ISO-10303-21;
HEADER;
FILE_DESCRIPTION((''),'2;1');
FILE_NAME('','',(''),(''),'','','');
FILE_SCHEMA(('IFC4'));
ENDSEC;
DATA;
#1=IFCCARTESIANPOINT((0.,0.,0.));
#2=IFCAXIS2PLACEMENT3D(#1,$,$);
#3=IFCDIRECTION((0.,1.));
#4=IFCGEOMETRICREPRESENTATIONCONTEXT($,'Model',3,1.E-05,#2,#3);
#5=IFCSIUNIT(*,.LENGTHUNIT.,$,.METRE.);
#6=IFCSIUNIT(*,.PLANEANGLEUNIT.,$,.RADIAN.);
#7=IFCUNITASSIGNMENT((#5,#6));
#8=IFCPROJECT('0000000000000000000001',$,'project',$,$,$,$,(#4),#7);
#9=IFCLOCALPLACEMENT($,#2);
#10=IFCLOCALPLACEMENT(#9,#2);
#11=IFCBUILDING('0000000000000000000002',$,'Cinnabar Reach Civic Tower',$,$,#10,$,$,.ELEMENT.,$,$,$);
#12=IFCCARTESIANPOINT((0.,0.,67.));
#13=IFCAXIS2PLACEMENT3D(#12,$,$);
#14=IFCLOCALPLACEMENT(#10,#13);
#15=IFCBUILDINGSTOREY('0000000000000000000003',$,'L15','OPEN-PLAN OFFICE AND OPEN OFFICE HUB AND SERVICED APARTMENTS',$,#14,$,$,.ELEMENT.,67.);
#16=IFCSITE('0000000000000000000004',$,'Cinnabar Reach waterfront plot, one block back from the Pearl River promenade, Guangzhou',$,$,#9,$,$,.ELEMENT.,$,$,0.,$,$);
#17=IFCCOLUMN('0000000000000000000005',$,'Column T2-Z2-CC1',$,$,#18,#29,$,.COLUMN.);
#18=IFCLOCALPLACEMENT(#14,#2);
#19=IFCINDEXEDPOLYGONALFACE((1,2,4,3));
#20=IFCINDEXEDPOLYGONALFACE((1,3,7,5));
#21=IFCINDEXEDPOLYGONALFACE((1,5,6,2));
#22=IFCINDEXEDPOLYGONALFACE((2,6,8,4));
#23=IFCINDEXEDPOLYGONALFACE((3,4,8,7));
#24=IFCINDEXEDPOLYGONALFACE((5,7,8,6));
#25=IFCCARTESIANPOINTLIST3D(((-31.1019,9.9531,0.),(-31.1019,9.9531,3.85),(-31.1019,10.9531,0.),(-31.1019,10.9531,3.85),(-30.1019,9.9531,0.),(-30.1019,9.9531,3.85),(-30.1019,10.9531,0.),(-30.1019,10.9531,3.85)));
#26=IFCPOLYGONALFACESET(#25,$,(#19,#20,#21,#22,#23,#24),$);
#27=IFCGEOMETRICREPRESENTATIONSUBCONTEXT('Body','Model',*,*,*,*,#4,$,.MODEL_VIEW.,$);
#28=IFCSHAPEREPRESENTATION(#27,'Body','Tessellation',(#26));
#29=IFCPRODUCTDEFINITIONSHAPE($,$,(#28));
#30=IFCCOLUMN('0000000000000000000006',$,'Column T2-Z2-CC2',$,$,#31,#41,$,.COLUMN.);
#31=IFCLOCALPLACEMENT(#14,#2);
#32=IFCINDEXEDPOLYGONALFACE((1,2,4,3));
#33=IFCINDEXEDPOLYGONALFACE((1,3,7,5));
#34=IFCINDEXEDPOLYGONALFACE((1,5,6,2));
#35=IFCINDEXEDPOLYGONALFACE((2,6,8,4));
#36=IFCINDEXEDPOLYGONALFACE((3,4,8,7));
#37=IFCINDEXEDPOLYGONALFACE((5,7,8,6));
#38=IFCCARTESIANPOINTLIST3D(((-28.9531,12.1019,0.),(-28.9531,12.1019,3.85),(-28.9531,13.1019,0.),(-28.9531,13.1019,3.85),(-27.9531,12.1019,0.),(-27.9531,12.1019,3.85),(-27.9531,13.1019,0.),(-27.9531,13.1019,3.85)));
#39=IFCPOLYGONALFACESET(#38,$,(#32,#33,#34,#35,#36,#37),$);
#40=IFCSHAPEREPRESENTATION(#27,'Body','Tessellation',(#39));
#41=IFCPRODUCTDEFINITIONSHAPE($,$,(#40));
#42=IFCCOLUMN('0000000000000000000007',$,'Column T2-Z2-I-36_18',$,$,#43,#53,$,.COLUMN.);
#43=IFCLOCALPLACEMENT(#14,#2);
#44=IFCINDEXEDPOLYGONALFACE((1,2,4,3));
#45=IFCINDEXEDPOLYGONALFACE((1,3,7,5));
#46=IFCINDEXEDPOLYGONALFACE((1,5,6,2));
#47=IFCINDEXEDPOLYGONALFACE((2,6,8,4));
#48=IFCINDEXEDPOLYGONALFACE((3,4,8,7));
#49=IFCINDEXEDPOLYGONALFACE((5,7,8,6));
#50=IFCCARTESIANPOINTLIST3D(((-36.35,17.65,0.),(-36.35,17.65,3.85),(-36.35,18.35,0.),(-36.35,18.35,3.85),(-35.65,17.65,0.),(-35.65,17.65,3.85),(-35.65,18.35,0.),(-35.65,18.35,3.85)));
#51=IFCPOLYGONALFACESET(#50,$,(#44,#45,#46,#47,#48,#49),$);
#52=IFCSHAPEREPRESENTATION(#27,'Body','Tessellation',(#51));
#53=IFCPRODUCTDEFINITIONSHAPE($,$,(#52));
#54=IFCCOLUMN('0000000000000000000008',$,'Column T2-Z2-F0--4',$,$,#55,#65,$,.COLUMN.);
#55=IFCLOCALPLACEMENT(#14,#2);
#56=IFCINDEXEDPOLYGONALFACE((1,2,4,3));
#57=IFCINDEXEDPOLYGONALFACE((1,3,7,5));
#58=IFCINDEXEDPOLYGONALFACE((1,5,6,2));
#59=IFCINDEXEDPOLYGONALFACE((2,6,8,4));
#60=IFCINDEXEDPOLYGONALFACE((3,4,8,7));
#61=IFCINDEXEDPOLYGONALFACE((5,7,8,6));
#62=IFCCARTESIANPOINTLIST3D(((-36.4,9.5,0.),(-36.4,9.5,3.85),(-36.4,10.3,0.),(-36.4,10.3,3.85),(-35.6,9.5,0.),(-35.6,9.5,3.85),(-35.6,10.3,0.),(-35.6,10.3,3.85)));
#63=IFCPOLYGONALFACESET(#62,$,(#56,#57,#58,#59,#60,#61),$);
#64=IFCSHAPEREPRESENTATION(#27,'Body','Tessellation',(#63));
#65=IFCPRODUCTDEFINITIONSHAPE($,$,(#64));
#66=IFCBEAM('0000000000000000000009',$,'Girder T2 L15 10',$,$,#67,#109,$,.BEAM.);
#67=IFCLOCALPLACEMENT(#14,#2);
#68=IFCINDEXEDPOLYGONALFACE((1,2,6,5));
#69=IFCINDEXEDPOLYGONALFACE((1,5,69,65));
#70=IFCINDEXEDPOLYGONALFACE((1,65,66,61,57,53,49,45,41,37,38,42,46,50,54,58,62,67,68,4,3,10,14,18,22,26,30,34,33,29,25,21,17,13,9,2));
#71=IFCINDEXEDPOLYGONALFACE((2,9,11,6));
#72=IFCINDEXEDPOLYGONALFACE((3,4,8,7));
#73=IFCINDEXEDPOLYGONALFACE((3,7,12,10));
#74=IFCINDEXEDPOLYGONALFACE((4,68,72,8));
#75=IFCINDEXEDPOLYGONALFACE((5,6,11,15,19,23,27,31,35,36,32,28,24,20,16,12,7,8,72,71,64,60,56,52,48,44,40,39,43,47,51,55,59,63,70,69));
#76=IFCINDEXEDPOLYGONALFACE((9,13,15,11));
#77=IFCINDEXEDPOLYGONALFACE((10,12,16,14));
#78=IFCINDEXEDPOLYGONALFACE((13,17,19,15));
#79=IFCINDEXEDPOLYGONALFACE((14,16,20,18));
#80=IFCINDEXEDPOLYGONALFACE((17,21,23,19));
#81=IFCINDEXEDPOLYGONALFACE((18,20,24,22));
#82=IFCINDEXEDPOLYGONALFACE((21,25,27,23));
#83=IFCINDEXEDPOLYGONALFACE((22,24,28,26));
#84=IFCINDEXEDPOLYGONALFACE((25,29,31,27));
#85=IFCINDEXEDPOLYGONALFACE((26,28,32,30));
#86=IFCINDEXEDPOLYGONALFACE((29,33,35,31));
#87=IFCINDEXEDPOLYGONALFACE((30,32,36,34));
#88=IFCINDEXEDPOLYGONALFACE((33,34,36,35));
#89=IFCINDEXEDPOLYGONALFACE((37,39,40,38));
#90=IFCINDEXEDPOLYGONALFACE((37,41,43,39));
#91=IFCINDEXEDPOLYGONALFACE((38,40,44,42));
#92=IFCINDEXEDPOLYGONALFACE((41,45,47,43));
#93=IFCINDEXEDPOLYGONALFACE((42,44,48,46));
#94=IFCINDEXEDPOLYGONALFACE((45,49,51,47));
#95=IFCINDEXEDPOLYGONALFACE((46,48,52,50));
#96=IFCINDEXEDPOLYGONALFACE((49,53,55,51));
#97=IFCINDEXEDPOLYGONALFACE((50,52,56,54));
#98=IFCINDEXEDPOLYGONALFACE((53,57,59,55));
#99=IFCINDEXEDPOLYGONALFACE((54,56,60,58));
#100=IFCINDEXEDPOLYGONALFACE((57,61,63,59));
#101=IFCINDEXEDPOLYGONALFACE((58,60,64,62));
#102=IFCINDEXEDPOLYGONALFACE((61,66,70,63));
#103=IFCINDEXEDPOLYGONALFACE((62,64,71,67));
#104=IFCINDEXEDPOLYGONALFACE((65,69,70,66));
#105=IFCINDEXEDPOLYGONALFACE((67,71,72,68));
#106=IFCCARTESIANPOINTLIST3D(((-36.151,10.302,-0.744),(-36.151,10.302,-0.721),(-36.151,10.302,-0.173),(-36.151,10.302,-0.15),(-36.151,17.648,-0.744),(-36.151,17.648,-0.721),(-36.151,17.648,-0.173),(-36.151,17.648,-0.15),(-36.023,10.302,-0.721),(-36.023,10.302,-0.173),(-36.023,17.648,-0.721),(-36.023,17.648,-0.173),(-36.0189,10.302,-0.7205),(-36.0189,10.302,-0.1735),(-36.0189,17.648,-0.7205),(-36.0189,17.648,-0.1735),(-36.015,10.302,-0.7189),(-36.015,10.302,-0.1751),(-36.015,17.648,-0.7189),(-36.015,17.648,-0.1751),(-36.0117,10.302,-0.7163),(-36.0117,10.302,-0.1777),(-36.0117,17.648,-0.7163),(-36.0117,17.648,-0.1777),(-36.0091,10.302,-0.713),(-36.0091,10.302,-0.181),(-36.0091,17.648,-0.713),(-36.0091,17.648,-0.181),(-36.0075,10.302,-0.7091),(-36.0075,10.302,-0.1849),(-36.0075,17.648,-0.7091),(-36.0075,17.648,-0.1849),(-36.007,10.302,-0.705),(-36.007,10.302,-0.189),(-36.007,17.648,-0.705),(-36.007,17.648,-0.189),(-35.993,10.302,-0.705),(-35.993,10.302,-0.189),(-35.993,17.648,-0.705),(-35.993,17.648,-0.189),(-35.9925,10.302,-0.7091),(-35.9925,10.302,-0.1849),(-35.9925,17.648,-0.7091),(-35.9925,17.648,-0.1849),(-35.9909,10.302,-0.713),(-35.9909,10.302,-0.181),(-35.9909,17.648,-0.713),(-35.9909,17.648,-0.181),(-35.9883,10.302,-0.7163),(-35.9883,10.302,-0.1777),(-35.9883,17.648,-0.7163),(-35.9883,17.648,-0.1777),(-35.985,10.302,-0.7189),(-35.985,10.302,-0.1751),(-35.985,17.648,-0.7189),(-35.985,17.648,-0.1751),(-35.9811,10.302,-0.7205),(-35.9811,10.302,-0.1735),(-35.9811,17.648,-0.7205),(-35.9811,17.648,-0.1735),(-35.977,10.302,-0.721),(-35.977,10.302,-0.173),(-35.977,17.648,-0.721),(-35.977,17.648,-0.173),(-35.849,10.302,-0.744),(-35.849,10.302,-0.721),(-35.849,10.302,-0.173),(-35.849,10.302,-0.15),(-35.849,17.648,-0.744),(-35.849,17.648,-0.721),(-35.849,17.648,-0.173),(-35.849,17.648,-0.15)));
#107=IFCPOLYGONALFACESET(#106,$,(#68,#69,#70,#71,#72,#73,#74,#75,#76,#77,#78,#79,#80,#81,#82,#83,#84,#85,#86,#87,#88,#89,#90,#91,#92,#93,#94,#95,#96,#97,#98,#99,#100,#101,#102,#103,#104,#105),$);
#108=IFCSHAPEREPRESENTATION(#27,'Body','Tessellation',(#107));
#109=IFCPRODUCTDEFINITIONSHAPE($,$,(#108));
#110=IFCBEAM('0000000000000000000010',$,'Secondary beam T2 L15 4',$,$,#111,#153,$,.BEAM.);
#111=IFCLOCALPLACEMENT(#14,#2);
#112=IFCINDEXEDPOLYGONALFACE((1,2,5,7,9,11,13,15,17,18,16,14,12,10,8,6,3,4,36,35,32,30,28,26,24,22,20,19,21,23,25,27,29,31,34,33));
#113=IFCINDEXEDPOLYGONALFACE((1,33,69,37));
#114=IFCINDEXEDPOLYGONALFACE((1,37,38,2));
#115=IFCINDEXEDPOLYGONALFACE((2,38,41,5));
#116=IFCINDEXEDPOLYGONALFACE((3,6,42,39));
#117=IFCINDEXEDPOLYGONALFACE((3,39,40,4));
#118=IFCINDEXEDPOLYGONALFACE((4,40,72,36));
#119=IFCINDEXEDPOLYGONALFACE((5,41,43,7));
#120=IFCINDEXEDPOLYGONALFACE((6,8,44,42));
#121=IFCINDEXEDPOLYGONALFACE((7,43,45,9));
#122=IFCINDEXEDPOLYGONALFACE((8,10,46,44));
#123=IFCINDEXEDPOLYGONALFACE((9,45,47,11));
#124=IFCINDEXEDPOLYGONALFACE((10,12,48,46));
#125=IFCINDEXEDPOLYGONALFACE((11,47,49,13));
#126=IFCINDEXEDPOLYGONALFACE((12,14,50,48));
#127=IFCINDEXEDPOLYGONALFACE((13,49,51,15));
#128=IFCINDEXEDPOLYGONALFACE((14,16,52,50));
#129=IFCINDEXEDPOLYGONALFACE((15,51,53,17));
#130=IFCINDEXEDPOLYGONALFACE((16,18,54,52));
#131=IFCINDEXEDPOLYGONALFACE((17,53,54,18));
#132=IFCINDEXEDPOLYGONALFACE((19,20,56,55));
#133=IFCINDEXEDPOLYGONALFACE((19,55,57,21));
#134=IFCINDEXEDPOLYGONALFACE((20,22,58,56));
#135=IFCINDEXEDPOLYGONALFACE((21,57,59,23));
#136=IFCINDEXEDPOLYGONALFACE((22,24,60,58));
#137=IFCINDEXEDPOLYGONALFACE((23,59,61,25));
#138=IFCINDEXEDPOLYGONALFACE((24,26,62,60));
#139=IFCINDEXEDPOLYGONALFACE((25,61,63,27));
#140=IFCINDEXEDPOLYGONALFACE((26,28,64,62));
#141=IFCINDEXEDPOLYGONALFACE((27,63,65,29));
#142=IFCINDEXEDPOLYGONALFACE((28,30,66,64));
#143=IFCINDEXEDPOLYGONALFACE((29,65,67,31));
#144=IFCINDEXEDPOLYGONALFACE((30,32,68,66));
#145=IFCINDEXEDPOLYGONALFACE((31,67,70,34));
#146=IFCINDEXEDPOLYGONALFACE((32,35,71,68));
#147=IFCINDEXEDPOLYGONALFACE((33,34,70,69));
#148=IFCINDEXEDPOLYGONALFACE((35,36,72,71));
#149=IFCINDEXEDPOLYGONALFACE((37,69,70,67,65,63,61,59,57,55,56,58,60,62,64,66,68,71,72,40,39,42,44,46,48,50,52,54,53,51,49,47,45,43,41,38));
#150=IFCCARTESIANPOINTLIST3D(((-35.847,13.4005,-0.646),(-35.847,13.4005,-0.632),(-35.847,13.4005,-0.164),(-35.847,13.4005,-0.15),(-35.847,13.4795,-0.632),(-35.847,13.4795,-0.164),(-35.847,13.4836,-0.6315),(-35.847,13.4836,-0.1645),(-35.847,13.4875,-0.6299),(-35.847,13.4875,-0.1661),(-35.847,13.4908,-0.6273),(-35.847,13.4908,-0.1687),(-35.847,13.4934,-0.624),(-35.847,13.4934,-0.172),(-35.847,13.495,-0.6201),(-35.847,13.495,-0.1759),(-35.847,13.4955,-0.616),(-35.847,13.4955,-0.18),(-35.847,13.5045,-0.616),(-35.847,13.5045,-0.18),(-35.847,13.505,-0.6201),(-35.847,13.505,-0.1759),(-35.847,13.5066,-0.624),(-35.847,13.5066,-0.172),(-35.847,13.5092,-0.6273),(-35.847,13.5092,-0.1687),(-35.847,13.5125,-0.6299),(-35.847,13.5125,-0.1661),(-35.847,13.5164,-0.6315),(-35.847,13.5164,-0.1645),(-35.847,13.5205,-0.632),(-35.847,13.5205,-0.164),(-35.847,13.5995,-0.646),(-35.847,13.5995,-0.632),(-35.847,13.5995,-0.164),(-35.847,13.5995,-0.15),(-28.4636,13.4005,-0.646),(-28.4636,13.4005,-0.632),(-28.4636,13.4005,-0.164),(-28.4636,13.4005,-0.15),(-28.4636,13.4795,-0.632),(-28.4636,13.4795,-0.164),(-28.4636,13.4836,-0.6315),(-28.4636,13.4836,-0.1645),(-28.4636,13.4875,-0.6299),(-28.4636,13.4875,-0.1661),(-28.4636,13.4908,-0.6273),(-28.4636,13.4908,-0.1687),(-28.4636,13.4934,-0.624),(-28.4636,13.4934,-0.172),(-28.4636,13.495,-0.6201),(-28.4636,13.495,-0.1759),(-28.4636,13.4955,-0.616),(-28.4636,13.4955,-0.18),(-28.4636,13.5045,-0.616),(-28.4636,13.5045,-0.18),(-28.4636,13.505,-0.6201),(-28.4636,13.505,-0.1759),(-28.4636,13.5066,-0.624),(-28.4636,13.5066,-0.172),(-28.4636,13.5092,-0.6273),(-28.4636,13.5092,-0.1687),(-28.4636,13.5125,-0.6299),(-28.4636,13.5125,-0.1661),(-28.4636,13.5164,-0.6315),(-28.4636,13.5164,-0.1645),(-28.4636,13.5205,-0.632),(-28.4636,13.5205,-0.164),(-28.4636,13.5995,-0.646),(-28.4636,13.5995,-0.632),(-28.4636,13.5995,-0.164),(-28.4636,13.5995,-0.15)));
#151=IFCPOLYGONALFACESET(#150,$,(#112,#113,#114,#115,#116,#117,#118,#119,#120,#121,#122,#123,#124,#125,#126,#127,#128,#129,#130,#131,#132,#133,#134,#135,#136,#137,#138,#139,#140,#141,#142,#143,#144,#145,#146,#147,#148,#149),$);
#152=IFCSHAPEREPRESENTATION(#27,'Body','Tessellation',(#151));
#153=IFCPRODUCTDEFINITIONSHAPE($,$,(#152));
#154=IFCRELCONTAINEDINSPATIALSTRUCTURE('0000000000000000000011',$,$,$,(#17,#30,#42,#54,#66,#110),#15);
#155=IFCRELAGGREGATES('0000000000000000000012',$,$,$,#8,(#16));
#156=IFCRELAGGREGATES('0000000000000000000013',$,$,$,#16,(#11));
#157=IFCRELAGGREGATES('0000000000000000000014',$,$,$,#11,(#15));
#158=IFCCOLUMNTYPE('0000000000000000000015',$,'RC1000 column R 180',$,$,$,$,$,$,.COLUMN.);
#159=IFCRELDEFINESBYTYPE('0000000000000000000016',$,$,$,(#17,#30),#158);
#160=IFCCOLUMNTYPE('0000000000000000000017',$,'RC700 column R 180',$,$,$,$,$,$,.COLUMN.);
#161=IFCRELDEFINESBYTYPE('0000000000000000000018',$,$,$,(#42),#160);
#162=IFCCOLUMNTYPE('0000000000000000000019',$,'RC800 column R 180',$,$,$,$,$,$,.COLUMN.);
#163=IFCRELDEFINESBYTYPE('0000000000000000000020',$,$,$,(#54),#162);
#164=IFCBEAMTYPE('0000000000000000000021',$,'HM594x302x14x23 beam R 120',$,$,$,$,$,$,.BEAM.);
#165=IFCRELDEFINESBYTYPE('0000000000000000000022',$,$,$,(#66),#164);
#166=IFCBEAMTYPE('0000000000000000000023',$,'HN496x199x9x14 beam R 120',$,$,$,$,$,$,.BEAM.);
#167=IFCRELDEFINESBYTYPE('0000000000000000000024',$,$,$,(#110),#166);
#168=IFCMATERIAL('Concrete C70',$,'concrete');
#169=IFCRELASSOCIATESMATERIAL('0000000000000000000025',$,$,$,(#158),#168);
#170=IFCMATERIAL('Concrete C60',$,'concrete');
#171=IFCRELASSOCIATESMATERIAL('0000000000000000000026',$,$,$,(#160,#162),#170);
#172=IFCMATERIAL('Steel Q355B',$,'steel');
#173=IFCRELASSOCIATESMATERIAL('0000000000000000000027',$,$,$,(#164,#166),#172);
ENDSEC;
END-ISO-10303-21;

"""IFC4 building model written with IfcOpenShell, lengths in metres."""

from ifc_helpers import new_model, si_unit, direction, frame, origin, origin_2d, place, context, subcontext, project, spatial, rectangle, i_section, extrude, material, material_profile, profile_set, type_object, element, save


model = new_model("IFC4")

# Units and contexts
model_context = context("Model", 3, precision=1e-05, world=origin(), true_north=direction((0.0, 1.0)))
body_context = subcontext(model_context, "Body", "Model", "MODEL_VIEW")
ifc_project = project(units=[si_unit("LENGTHUNIT", "METRE"), si_unit("PLANEANGLEUNIT", "RADIAN")], contexts=[model_context])

# Site, building, storey
site_placement = place(None, origin())
site = spatial("IfcSite", under=ifc_project, at=site_placement, Name="Cinnabar Reach waterfront plot, one block back from the Pearl River promenade, Guangzhou", CompositionType="ELEMENT", RefElevation=0.0)
building_placement = place(site_placement, origin())
building = spatial("IfcBuilding", under=site, at=building_placement, Name="Cinnabar Reach Civic Tower", CompositionType="ELEMENT")
storey_placement = place(building_placement, frame((0.0, 0.0, 67.0)))
storey = spatial("IfcBuildingStorey", under=building, at=storey_placement, Name="L15", Description="OPEN-PLAN OFFICE AND OPEN OFFICE HUB AND SERVICED APARTMENTS", CompositionType="ELEMENT", Elevation=67.0)

# Columns
ifc_material_1 = material(Name="Concrete C70", Category="concrete")
ifc_material_profile_1 = material_profile(ifc_material_1, rectangle(XDim=1.0, YDim=1.0, at=origin_2d()), Name="RC1000")
ifc_profile_set_1 = profile_set([ifc_material_profile_1], Name="Concrete C70")
column_type_1 = type_object("IfcColumnType", Name="RC1000 column R 180", PredefinedType="COLUMN", material=ifc_profile_set_1)
for number, where, z_axis, x_axis, name in (
    (1, (-30.6019, 10.4531, 0.0), (0.0, 0.0, 1.0), (1.0, 0.0, 0.0), "Column T2-Z2-CC1"),
    (2, (-28.4531, 12.6019, 0.0), (0.0, 0.0, 1.0), (1.0, 0.0, 0.0), "Column T2-Z2-CC2"),
):
    element("IfcColumn", number, at=place(storey_placement, frame(where, z_axis=z_axis, x_axis=x_axis)), inside=storey, type_object=column_type_1, Name=name, PredefinedType="COLUMN", context=body_context, shape_type="SweptSolid", body=[
        extrude(rectangle(XDim=1.0, YDim=1.0, at=origin_2d()), origin(), (0.0, 0.0, 1.0), 3.85),
    ])
ifc_material_2 = material(Name="Concrete C60", Category="concrete")
ifc_material_profile_2 = material_profile(ifc_material_2, rectangle(XDim=0.7, YDim=0.7, at=origin_2d()), Name="RC700")
ifc_profile_set_2 = profile_set([ifc_material_profile_2], Name="Concrete C60")
column_type_2 = type_object("IfcColumnType", Name="RC700 column R 180", PredefinedType="COLUMN", material=ifc_profile_set_2)
column_1_placement = place(storey_placement, frame((-36.0, 18.0, 0.0), z_axis=(0.0, 0.0, 1.0), x_axis=(1.0, 0.0, 0.0)))
element("IfcColumn", 3, at=column_1_placement, inside=storey, type_object=column_type_2, Name="Column T2-Z2-I-36_18", PredefinedType="COLUMN", context=body_context, shape_type="SweptSolid", body=[
    extrude(rectangle(XDim=0.7, YDim=0.7, at=origin_2d()), origin(), (0.0, 0.0, 1.0), 3.85),
])
ifc_material_profile_3 = material_profile(ifc_material_2, rectangle(XDim=0.8, YDim=0.8, at=origin_2d()), Name="RC800")
ifc_profile_set_3 = profile_set([ifc_material_profile_3], Name="Concrete C60")
column_type_3 = type_object("IfcColumnType", Name="RC800 column R 180", PredefinedType="COLUMN", material=ifc_profile_set_3)
column_2_placement = place(storey_placement, frame((-36.0, 9.9, 0.0), z_axis=(0.0, 0.0, 1.0), x_axis=(1.0, 0.0, 0.0)))
element("IfcColumn", 4, at=column_2_placement, inside=storey, type_object=column_type_3, Name="Column T2-Z2-F0--4", PredefinedType="COLUMN", context=body_context, shape_type="SweptSolid", body=[
    extrude(rectangle(XDim=0.8, YDim=0.8, at=origin_2d()), origin(), (0.0, 0.0, 1.0), 3.85),
])

# Beams
ifc_material_3 = material(Name="Steel Q355B", Category="steel")
ifc_material_profile_4 = material_profile(ifc_material_3, i_section(OverallWidth=0.302, OverallDepth=0.594, WebThickness=0.014, FlangeThickness=0.023, FilletRadius=0.016, at=origin_2d()), Name="HM594x302x14x23")
ifc_profile_set_4 = profile_set([ifc_material_profile_4], Name="Steel Q355B")
beam_type_1 = type_object("IfcBeamType", Name="HM594x302x14x23 beam R 120", PredefinedType="BEAM", material=ifc_profile_set_4)
beam_1_placement = place(storey_placement, frame((-36.0, 10.302, -0.447), z_axis=(0.0, 1.0, 0.0), x_axis=(-1.0, 0.0, 0.0)))
element("IfcBeam", 5, at=beam_1_placement, inside=storey, type_object=beam_type_1, Name="Girder T2 L15 10", PredefinedType="BEAM", context=body_context, shape_type="SweptSolid", body=[
    extrude(i_section(OverallWidth=0.302, OverallDepth=0.594, WebThickness=0.014, FlangeThickness=0.023, FilletRadius=0.016, at=origin_2d()), origin(), (0.0, 0.0, 1.0), 7.346),
])
ifc_material_profile_5 = material_profile(ifc_material_3, i_section(OverallWidth=0.199, OverallDepth=0.496, WebThickness=0.009, FlangeThickness=0.014, FilletRadius=0.016, at=origin_2d()), Name="HN496x199x9x14")
ifc_profile_set_5 = profile_set([ifc_material_profile_5], Name="Steel Q355B")
beam_type_2 = type_object("IfcBeamType", Name="HN496x199x9x14 beam R 120", PredefinedType="BEAM", material=ifc_profile_set_5)
beam_2_placement = place(storey_placement, frame((-35.847, 13.5, -0.398), z_axis=(1.0, 0.0, 0.0), x_axis=(0.0, 1.0, 0.0)))
element("IfcBeam", 6, at=beam_2_placement, inside=storey, type_object=beam_type_2, Name="Secondary beam T2 L15 4", PredefinedType="BEAM", context=body_context, shape_type="SweptSolid", body=[
    extrude(i_section(OverallWidth=0.199, OverallDepth=0.496, WebThickness=0.009, FlangeThickness=0.014, FilletRadius=0.016, at=origin_2d()), origin(), (0.0, 0.0, 1.0), 7.3834),
])

save(model, "model.ifc")
